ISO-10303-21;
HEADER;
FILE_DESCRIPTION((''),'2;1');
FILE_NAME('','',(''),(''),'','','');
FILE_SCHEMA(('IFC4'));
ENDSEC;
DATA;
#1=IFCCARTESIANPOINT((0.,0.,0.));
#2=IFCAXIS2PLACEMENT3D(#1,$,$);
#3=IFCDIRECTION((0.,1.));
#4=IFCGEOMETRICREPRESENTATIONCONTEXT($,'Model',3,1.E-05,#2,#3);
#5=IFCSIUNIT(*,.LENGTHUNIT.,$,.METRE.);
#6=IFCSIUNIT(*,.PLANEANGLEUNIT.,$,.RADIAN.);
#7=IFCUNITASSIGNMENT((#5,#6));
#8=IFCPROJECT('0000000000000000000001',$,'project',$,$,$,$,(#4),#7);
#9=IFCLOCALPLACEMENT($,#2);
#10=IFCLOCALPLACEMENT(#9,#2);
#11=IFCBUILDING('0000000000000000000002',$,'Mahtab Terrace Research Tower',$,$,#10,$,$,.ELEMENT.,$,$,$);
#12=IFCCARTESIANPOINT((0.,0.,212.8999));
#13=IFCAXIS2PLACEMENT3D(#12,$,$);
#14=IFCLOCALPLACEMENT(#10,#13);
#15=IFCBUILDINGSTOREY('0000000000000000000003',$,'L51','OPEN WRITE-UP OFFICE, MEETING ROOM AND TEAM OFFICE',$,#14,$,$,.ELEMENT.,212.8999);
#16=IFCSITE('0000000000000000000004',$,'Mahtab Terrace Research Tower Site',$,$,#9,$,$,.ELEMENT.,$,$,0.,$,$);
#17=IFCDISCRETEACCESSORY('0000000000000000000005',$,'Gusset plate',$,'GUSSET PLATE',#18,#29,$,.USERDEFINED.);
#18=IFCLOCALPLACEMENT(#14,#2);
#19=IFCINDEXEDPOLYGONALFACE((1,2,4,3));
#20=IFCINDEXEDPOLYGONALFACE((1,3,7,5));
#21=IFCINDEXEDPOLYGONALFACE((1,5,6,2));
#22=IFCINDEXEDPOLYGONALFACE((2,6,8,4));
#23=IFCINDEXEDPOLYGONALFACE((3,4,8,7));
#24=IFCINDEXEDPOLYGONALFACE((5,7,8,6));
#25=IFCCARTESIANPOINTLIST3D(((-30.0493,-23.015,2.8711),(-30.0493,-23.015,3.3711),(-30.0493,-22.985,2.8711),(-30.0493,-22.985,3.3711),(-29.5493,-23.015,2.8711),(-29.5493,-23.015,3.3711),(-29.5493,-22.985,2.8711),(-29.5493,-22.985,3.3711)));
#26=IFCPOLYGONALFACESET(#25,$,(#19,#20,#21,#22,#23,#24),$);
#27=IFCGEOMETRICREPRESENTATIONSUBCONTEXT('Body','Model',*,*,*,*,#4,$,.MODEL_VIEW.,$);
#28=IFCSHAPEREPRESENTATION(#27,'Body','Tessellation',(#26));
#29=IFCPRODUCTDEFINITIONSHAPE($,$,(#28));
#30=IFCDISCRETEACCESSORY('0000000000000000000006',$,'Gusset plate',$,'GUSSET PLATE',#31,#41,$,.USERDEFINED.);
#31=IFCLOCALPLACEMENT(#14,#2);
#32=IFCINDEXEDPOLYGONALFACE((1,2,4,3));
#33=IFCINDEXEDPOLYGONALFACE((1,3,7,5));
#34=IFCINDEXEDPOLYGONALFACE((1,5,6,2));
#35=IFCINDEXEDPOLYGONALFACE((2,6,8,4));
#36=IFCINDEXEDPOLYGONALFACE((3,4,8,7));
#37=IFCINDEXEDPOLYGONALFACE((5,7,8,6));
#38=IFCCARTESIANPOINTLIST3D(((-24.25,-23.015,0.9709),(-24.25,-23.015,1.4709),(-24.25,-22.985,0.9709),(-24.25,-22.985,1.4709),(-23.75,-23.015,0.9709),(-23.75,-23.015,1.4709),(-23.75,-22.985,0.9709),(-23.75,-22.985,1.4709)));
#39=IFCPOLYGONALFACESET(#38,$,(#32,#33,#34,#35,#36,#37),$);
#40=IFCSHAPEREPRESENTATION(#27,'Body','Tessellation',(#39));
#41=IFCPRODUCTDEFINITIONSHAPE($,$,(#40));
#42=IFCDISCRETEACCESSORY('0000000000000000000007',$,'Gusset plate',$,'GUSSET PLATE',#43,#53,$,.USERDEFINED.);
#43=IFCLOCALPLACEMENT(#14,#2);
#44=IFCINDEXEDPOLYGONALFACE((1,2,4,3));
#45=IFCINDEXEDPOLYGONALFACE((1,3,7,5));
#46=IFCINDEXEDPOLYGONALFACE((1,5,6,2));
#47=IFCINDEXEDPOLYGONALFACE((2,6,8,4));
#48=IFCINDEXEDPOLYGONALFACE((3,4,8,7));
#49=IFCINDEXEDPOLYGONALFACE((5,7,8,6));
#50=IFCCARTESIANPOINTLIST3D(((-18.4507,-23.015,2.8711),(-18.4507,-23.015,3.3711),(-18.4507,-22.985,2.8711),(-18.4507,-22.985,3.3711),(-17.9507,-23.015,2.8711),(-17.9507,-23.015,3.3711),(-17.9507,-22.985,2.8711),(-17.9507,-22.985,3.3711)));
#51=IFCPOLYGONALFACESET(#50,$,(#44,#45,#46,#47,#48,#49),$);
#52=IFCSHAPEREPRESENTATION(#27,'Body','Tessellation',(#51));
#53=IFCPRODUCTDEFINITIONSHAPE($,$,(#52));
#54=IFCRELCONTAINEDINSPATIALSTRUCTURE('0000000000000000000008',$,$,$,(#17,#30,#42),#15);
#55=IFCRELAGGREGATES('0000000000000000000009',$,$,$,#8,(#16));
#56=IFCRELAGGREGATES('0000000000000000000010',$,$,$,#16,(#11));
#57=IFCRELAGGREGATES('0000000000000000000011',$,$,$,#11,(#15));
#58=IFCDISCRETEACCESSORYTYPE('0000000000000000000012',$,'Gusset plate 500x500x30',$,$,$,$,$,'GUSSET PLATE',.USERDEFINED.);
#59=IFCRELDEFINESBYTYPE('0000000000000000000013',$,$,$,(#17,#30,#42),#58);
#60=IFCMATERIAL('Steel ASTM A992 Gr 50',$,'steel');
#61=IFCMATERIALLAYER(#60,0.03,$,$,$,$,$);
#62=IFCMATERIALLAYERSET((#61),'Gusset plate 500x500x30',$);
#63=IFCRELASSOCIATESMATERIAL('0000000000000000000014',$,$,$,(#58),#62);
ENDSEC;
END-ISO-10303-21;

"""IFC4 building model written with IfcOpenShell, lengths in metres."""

from ifc_helpers import new_model, si_unit, direction, frame, origin, origin_2d, place, context, subcontext, project, spatial, rectangle, extrude, material, layer, layer_set, type_object, element, save


model = new_model("IFC4")

# Units and contexts
model_context = context("Model", 3, precision=1e-05, world=origin(), true_north=direction((0.0, 1.0)))
body_context = subcontext(model_context, "Body", "Model", "MODEL_VIEW")
ifc_project = project(units=[si_unit("LENGTHUNIT", "METRE"), si_unit("PLANEANGLEUNIT", "RADIAN")], contexts=[model_context])

# Site, building, storey
site_placement = place(None, origin())
site = spatial("IfcSite", under=ifc_project, at=site_placement, Name="Mahtab Terrace Research Tower Site", CompositionType="ELEMENT", RefElevation=0.0)
building_placement = place(site_placement, origin())
building = spatial("IfcBuilding", under=site, at=building_placement, Name="Mahtab Terrace Research Tower", CompositionType="ELEMENT")
storey_placement = place(building_placement, frame((0.0, 0.0, 212.8999)))
storey = spatial("IfcBuildingStorey", under=building, at=storey_placement, Name="L51", Description="OPEN WRITE-UP OFFICE, MEETING ROOM AND TEAM OFFICE", CompositionType="ELEMENT", Elevation=212.8999)

# Shared definitions
ifc_material_1 = material(Name="Steel ASTM A992 Gr 50", Category="steel")

# Discrete accessories
ifc_layer_1 = layer(ifc_material_1, 0.03)
ifc_layer_set_1 = layer_set([ifc_layer_1], Name="Gusset plate 500x500x30")
discrete_accessory_type = type_object("IfcDiscreteAccessoryType", Name="Gusset plate 500x500x30", ElementType="GUSSET PLATE", PredefinedType="USERDEFINED", material=ifc_layer_set_1)
for number, where, z_axis, x_axis, name in (
    (1, (-29.7993, -23.0, 2.8711), (0.0, 0.0, 1.0), (1.0, 0.0, 0.0), "Gusset plate"),
    (2, (-24.0, -23.0, 0.9709), (0.0, 0.0, 1.0), (1.0, 0.0, 0.0), "Gusset plate"),
    (3, (-18.2007, -23.0, 2.8711), (0.0, 0.0, 1.0), (1.0, 0.0, 0.0), "Gusset plate"),
):
    element("IfcDiscreteAccessory", number, at=place(storey_placement, frame(where, z_axis=z_axis, x_axis=x_axis)), inside=storey, type_object=discrete_accessory_type, Name=name, ObjectType="GUSSET PLATE", PredefinedType="USERDEFINED", context=body_context, shape_type="SweptSolid", body=[
        extrude(rectangle(XDim=0.5, YDim=0.03, at=origin_2d()), origin(), (0.0, 0.0, 1.0), 0.5),
    ])

save(model, "model.ifc")
